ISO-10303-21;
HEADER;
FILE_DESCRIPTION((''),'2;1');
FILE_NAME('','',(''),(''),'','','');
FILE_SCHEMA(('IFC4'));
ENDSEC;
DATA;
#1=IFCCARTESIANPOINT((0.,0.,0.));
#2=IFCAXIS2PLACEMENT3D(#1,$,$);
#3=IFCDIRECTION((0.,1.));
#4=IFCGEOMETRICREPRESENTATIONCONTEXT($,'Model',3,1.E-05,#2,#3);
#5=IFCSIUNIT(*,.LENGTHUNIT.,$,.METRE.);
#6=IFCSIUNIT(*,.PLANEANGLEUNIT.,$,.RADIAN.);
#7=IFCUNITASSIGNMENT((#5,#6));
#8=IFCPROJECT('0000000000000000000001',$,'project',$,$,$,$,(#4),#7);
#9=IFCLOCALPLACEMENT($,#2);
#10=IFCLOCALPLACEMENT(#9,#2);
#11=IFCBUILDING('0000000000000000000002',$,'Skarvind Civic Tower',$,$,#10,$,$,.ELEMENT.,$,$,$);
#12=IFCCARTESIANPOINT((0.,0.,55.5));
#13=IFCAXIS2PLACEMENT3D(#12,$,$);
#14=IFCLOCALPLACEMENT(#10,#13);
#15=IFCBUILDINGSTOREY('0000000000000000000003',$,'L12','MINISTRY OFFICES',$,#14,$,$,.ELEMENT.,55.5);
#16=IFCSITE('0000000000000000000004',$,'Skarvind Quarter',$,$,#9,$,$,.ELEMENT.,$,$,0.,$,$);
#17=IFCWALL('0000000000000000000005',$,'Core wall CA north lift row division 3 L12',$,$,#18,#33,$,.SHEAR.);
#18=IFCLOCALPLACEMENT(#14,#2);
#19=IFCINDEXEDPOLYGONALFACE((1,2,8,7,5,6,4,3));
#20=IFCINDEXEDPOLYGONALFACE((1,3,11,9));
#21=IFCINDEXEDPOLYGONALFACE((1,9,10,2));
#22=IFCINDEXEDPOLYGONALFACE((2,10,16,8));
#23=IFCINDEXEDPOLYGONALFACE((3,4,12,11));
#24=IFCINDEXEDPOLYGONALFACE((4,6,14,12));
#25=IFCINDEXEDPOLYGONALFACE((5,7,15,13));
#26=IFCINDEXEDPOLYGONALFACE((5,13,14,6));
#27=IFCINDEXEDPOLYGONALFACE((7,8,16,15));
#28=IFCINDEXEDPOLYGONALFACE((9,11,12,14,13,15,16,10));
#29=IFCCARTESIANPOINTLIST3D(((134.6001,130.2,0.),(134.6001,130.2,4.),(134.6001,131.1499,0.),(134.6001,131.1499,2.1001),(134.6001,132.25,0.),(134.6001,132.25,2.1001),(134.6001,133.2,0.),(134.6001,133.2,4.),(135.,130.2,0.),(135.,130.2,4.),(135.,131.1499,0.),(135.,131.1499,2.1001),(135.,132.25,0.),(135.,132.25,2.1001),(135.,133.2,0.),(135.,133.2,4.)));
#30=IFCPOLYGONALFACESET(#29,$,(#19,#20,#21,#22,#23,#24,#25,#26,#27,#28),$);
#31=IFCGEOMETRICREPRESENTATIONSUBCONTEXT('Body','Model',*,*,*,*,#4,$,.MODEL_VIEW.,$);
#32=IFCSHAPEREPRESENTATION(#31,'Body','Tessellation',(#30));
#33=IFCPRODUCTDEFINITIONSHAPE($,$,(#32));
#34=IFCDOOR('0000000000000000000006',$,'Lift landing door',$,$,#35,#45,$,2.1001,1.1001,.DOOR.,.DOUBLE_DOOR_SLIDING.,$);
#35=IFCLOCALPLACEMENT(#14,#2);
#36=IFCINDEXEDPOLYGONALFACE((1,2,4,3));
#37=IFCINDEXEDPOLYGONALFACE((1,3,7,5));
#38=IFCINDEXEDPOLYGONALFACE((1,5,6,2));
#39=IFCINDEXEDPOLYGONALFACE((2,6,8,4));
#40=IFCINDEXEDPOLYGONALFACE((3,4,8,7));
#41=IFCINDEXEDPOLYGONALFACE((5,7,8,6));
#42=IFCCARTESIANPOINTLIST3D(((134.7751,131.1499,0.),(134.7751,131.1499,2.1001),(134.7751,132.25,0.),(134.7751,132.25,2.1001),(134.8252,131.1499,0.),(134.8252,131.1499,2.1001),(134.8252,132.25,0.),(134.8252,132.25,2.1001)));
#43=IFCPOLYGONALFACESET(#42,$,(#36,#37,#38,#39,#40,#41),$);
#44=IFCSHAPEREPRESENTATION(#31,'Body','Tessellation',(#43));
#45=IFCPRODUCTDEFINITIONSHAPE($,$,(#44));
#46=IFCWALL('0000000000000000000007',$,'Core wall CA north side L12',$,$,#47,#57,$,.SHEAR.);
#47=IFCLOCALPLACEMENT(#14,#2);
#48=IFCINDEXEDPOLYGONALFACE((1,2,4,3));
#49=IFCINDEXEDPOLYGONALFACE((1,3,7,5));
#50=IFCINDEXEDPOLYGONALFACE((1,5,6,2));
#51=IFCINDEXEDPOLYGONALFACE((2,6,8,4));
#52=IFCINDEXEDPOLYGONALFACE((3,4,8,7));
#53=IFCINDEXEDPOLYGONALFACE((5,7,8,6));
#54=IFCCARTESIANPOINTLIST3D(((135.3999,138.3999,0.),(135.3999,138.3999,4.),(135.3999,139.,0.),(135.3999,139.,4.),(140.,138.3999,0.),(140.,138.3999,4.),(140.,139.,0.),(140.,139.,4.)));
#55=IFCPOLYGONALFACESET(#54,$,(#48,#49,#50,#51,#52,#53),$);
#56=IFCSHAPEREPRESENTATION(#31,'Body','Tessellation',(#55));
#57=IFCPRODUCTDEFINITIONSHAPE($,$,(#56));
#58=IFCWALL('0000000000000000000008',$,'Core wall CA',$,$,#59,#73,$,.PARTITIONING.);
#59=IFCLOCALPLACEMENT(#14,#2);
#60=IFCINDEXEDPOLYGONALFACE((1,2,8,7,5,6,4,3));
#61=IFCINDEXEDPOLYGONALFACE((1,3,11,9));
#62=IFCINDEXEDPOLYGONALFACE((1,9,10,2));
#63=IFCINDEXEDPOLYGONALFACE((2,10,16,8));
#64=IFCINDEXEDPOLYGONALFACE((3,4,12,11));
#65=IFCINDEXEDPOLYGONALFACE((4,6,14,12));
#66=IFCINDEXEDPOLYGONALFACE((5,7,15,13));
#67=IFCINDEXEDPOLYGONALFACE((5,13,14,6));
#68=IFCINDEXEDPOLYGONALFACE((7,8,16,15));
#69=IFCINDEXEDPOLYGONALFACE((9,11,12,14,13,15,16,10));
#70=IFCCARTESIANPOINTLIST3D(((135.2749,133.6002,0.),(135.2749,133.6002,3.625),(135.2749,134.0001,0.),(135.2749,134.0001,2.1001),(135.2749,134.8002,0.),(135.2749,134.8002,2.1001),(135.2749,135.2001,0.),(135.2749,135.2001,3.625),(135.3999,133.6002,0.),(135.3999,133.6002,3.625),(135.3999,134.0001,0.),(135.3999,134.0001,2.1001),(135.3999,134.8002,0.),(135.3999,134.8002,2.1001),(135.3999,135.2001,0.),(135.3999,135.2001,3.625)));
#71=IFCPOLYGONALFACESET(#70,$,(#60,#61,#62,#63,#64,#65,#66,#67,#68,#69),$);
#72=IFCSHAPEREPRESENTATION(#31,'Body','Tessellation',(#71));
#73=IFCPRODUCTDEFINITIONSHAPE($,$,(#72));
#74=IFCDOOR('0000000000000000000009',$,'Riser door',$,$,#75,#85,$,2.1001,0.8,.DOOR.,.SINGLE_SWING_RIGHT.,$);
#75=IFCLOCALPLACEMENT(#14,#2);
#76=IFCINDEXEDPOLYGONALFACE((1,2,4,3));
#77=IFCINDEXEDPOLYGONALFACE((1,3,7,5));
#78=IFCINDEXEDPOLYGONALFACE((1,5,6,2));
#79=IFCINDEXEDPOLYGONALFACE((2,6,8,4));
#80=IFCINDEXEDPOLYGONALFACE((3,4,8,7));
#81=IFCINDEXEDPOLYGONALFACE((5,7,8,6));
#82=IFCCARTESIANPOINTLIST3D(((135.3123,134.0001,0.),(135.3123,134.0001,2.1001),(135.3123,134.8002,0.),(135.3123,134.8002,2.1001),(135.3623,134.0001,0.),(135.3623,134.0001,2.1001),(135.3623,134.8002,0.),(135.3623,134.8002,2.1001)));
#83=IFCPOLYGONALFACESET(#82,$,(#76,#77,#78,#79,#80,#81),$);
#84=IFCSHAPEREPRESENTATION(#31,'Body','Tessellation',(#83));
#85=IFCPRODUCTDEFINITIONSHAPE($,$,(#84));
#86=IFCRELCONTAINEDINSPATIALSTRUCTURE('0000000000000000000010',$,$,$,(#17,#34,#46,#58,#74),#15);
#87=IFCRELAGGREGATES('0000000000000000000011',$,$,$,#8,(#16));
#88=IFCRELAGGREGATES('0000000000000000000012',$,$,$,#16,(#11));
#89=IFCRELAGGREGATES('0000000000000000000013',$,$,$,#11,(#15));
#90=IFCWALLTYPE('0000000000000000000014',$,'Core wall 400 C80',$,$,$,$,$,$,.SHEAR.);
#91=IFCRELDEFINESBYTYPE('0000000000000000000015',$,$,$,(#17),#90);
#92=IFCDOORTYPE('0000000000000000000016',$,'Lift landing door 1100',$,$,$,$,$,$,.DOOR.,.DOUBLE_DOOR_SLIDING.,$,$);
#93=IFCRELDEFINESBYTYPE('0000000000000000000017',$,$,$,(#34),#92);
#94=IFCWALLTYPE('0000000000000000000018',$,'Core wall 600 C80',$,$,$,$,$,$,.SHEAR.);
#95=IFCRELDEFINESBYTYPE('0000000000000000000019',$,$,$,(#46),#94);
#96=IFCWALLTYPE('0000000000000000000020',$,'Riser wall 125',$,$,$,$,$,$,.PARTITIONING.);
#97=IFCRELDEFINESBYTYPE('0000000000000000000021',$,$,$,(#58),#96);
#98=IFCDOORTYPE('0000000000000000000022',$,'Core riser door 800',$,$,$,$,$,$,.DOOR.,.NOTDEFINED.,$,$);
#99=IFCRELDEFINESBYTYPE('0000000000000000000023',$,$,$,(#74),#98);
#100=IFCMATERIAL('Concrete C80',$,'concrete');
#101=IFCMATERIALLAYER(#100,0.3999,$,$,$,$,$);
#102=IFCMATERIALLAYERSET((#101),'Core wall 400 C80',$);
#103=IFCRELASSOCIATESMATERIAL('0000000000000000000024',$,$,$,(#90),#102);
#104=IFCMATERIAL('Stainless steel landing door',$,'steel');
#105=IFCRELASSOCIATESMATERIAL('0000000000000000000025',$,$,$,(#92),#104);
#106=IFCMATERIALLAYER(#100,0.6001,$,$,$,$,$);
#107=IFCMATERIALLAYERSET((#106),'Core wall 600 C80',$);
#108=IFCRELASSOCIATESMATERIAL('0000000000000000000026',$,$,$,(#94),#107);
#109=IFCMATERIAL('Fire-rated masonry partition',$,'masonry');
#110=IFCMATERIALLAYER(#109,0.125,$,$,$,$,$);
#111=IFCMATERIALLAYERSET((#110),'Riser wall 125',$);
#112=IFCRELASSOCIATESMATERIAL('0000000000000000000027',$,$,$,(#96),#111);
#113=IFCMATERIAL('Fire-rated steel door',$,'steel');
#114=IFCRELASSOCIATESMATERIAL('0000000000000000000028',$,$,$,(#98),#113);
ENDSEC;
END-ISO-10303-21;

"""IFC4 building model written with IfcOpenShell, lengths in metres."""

from ifc_helpers import new_model, si_unit, direction, frame, frame_2d, origin, place, context, subcontext, project, spatial, rectangle, extrude, material, layer, layer_set, type_object, element, fill, save


model = new_model("IFC4")

# Units and contexts
model_context = context("Model", 3, precision=1e-05, world=origin(), true_north=direction((0.0, 1.0)))
body_context = subcontext(model_context, "Body", "Model", "MODEL_VIEW")
ifc_project = project(units=[si_unit("LENGTHUNIT", "METRE"), si_unit("PLANEANGLEUNIT", "RADIAN")], contexts=[model_context])

# Site, building, storey
site_placement = place(None, origin())
site = spatial("IfcSite", under=ifc_project, at=site_placement, Name="Skarvind Quarter", CompositionType="ELEMENT", RefElevation=0.0)
building_placement = place(site_placement, origin())
building = spatial("IfcBuilding", under=site, at=building_placement, Name="Skarvind Civic Tower", CompositionType="ELEMENT")
storey_placement = place(building_placement, frame((0.0, 0.0, 55.5)))
storey = spatial("IfcBuildingStorey", under=building, at=storey_placement, Name="L12", Description="MINISTRY OFFICES", CompositionType="ELEMENT", Elevation=55.5)

# Shared definitions
ifc_material_1 = material(Name="Fire-rated masonry partition", Category="masonry")
ifc_material_2 = material(Name="Fire-rated steel door", Category="steel")
ifc_material_3 = material(Name="Concrete C80", Category="concrete")
ifc_layer_1 = layer(ifc_material_3, 0.3999)
ifc_layer_set_1 = layer_set([ifc_layer_1], Name="Core wall 400 C80")
wall_type_1 = type_object("IfcWallType", Name="Core wall 400 C80", PredefinedType="SHEAR", material=ifc_layer_set_1)

# Wall, opening, door
wall_1_placement = place(storey_placement, frame((134.8, 130.2, 0.0), z_axis=(0.0, 0.0, 1.0), x_axis=(0.0, 1.0, 0.0)))
wall_1 = element("IfcWall", 1, at=wall_1_placement, inside=storey, type_object=wall_type_1, Name="Core wall CA north lift row division 3 L12", PredefinedType="SHEAR", context=body_context, shape_type="SweptSolid", body=[
    extrude(rectangle(XDim=3.0, YDim=0.3999, at=frame_2d((1.5, 0.0))), origin(), (0.0, 0.0, 1.0), 4.0),
])
opening_1_placement = place(wall_1_placement, frame((0.95, 0.0, 0.0)))
opening_1 = element("IfcOpeningElement", 2, at=opening_1_placement, cuts=wall_1, PredefinedType="OPENING", context=body_context, shape_type="SweptSolid", body=[
    extrude(rectangle(XDim=1.1001, YDim=2.1001, at=frame_2d((0.55, 1.05))), frame((0.0, 0.21, 0.0), z_axis=(0.0, -1.0, 0.0), x_axis=(1.0, 0.0, 0.0)), (0.0, 0.0, 1.0), 0.4199),
])
ifc_material_4 = material(Name="Stainless steel landing door", Category="steel")
door_type_1 = type_object("IfcDoorType", Name="Lift landing door 1100", OperationType="DOUBLE_DOOR_SLIDING", PredefinedType="DOOR", material=ifc_material_4)
door_1_placement = place(opening_1_placement, origin())
door_1 = element("IfcDoor", 3, at=door_1_placement, inside=storey, type_object=door_type_1, Name="Lift landing door", OperationType="DOUBLE_DOOR_SLIDING", OverallHeight=2.1001, OverallWidth=1.1001, PredefinedType="DOOR", context=body_context, shape_type="SweptSolid", body=[
    extrude(rectangle(XDim=1.1001, YDim=2.1001, at=frame_2d((0.55, 1.05))), frame((0.0, 0.0249, 0.0), z_axis=(0.0, -1.0, 0.0), x_axis=(1.0, 0.0, 0.0)), (0.0, 0.0, 1.0), 0.05),
])
fill(opening_1, door_1)

# Wall
ifc_layer_2 = layer(ifc_material_3, 0.6001)
ifc_layer_set_2 = layer_set([ifc_layer_2], Name="Core wall 600 C80")
wall_type_2 = type_object("IfcWallType", Name="Core wall 600 C80", PredefinedType="SHEAR", material=ifc_layer_set_2)
wall_2_placement = place(storey_placement, frame((135.3999, 138.7, 0.0), z_axis=(0.0, 0.0, 1.0), x_axis=(1.0, 0.0, 0.0)))
element("IfcWall", 4, at=wall_2_placement, inside=storey, type_object=wall_type_2, Name="Core wall CA north side L12", PredefinedType="SHEAR", context=body_context, shape_type="SweptSolid", body=[
    extrude(rectangle(XDim=4.6001, YDim=0.6001, at=frame_2d((2.3, 0.0))), origin(), (0.0, 0.0, 1.0), 4.0),
])

# Wall, opening, door
ifc_layer_3 = layer(ifc_material_1, 0.125)
ifc_layer_set_3 = layer_set([ifc_layer_3], Name="Riser wall 125")
wall_type_3 = type_object("IfcWallType", Name="Riser wall 125", PredefinedType="PARTITIONING", material=ifc_layer_set_3)
wall_3_placement = place(storey_placement, frame((135.3374, 135.2, 0.0), z_axis=(0.0, 0.0, 1.0), x_axis=(0.0, -1.0, 0.0)))
wall_3 = element("IfcWall", 5, at=wall_3_placement, inside=storey, type_object=wall_type_3, Name="Core wall CA", PredefinedType="PARTITIONING", context=body_context, shape_type="SweptSolid", body=[
    extrude(rectangle(XDim=1.5999, YDim=0.125, at=frame_2d((0.7998, 0.0))), origin(), (0.0, 0.0, 1.0), 3.625),
])
opening_2_placement = place(wall_3_placement, frame((0.3999, 0.0, 0.0)))
opening_2 = element("IfcOpeningElement", 6, at=opening_2_placement, cuts=wall_3, PredefinedType="OPENING", context=body_context, shape_type="SweptSolid", body=[
    extrude(rectangle(XDim=0.8, YDim=2.1001, at=frame_2d((0.3999, 1.05))), frame((0.0, 0.0725, 0.0), z_axis=(0.0, -1.0, 0.0), x_axis=(1.0, 0.0, 0.0)), (0.0, 0.0, 1.0), 0.145),
])
door_type_2 = type_object("IfcDoorType", Name="Core riser door 800", OperationType="NOTDEFINED", PredefinedType="DOOR", material=ifc_material_2)
door_2_placement = place(opening_2_placement, origin())
door_2 = element("IfcDoor", 7, at=door_2_placement, inside=storey, type_object=door_type_2, Name="Riser door", OperationType="SINGLE_SWING_RIGHT", OverallHeight=2.1001, OverallWidth=0.8, PredefinedType="DOOR", context=body_context, shape_type="SweptSolid", body=[
    extrude(rectangle(XDim=0.8, YDim=2.1001, at=frame_2d((0.3999, 1.05))), frame((0.0, 0.0249, 0.0), z_axis=(0.0, -1.0, 0.0), x_axis=(1.0, 0.0, 0.0)), (0.0, 0.0, 1.0), 0.05),
])
fill(opening_2, door_2)

save(model, "model.ifc")
